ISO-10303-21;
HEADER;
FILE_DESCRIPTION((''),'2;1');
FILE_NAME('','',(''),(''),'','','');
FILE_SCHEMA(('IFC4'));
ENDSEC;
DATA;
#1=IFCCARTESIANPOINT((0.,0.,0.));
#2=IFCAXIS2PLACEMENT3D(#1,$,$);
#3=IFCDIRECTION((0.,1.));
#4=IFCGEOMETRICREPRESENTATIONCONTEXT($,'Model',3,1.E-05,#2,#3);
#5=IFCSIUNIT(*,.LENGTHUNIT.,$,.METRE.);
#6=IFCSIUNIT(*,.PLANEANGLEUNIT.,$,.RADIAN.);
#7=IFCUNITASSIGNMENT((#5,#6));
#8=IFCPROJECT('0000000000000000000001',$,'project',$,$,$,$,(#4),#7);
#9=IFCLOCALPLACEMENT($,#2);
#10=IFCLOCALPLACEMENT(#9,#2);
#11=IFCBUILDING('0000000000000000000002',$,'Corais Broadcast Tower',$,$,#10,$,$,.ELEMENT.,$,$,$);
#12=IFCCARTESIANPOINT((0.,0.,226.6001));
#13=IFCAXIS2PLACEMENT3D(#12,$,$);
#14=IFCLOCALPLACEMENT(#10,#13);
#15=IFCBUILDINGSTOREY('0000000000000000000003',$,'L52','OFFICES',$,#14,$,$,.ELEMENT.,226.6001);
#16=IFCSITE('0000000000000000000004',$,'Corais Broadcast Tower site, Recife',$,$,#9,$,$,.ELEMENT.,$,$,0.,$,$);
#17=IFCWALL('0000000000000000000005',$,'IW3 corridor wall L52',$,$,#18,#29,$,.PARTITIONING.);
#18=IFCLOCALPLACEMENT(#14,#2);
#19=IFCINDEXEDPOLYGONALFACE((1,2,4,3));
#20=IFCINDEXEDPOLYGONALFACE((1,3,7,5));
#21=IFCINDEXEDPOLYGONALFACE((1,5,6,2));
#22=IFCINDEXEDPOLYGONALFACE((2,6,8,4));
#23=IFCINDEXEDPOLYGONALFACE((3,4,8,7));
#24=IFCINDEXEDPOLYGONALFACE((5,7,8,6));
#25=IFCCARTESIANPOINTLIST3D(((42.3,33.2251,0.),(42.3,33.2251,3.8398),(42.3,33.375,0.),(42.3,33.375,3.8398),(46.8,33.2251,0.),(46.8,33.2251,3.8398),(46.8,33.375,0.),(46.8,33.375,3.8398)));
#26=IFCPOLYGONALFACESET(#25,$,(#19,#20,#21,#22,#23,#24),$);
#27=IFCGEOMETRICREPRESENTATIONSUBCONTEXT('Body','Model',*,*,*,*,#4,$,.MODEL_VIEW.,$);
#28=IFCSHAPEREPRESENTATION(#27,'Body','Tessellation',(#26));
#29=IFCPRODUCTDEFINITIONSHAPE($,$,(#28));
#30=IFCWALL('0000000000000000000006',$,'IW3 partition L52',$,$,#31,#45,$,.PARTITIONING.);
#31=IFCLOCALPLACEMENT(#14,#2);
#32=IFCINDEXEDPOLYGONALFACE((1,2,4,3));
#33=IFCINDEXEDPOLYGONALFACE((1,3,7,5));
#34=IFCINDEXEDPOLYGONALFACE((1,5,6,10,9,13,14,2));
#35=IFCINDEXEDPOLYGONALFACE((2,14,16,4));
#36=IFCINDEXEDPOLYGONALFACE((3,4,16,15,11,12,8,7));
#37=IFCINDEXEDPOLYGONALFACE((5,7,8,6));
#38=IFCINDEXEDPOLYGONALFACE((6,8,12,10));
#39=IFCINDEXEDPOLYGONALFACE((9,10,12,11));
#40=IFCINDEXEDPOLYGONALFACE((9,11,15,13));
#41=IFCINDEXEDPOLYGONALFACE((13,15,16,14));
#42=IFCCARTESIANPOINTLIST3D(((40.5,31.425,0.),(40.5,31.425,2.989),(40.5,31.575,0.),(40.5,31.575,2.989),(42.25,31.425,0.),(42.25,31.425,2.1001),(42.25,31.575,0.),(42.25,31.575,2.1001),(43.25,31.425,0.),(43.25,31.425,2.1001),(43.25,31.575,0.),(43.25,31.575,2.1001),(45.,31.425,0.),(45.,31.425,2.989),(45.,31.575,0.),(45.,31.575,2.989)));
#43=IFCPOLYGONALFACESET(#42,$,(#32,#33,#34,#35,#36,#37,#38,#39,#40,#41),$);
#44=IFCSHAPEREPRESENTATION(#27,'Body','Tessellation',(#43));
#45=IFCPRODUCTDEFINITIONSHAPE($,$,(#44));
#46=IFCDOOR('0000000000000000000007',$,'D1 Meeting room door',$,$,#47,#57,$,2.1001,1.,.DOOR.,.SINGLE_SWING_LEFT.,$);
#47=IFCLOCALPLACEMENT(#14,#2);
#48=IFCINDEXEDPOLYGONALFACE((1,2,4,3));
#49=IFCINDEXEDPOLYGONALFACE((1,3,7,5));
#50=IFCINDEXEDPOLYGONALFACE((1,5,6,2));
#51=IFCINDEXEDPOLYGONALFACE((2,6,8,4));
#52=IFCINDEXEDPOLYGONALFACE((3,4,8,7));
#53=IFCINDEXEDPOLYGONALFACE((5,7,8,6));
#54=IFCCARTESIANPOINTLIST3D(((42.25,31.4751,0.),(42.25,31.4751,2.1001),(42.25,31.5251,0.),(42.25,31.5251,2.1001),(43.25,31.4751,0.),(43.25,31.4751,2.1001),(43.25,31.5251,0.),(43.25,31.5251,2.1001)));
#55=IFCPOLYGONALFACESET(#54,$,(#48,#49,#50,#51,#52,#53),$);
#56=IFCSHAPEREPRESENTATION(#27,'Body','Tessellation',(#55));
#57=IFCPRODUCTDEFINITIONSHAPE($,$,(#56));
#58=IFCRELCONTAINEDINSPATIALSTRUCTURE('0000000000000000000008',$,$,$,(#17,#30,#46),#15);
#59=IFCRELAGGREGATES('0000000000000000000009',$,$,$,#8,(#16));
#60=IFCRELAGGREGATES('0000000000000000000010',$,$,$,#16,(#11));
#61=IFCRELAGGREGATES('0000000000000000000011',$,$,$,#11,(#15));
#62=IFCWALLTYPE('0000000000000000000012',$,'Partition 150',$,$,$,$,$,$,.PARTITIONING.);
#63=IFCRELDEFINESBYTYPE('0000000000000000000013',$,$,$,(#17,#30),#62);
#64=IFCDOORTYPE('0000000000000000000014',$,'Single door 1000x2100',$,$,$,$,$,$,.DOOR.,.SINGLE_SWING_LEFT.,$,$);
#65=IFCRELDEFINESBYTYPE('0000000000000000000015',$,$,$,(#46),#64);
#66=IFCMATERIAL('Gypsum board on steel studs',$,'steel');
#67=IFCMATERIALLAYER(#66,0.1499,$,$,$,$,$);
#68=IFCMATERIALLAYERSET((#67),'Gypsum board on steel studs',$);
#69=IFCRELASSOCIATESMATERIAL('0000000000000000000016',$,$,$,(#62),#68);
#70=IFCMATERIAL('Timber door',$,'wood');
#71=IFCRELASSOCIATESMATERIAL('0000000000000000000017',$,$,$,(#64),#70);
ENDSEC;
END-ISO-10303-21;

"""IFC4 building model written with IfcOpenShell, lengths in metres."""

from ifc_helpers import new_model, si_unit, direction, frame, frame_2d, origin, place, context, subcontext, project, spatial, rectangle, extrude, material, layer, layer_set, type_object, element, fill, save


model = new_model("IFC4")

# Units and contexts
model_context = context("Model", 3, precision=1e-05, world=origin(), true_north=direction((0.0, 1.0)))
body_context = subcontext(model_context, "Body", "Model", "MODEL_VIEW")
ifc_project = project(units=[si_unit("LENGTHUNIT", "METRE"), si_unit("PLANEANGLEUNIT", "RADIAN")], contexts=[model_context])

# Site, building, storey
site_placement = place(None, origin())
site = spatial("IfcSite", under=ifc_project, at=site_placement, Name="Corais Broadcast Tower site, Recife", CompositionType="ELEMENT", RefElevation=0.0)
building_placement = place(site_placement, origin())
building = spatial("IfcBuilding", under=site, at=building_placement, Name="Corais Broadcast Tower", CompositionType="ELEMENT")
storey_placement = place(building_placement, frame((0.0, 0.0, 226.6001)))
storey = spatial("IfcBuildingStorey", under=building, at=storey_placement, Name="L52", Description="OFFICES", CompositionType="ELEMENT", Elevation=226.6001)

# Wall
ifc_material_1 = material(Name="Gypsum board on steel studs", Category="steel")
ifc_layer_1 = layer(ifc_material_1, 0.1499)
ifc_layer_set_1 = layer_set([ifc_layer_1], Name="Gypsum board on steel studs")
wall_type = type_object("IfcWallType", Name="Partition 150", PredefinedType="PARTITIONING", material=ifc_layer_set_1)
wall_1_placement = place(storey_placement, frame((46.8, 33.3, 0.0), z_axis=(0.0, 0.0, 1.0), x_axis=(-1.0, 0.0, 0.0)))
element("IfcWall", 1, at=wall_1_placement, inside=storey, type_object=wall_type, Name="IW3 corridor wall L52", PredefinedType="PARTITIONING", context=body_context, shape_type="SweptSolid", body=[
    extrude(rectangle(XDim=4.5, YDim=0.1499, at=frame_2d((2.25, 0.0))), origin(), (0.0, 0.0, 1.0), 3.8398),
])

# Wall, opening, door
wall_2_placement = place(storey_placement, frame((45.0, 31.5, 0.0), z_axis=(0.0, 0.0, 1.0), x_axis=(-1.0, 0.0, 0.0)))
wall_2 = element("IfcWall", 2, at=wall_2_placement, inside=storey, type_object=wall_type, Name="IW3 partition L52", PredefinedType="PARTITIONING", context=body_context, shape_type="SweptSolid", body=[
    extrude(rectangle(XDim=4.5, YDim=0.1499, at=frame_2d((2.25, 0.0))), origin(), (0.0, 0.0, 1.0), 2.989),
])
opening_placement = place(wall_2_placement, frame((1.75, 0.0, 0.0)))
opening = element("IfcOpeningElement", 3, at=opening_placement, cuts=wall_2, PredefinedType="OPENING", context=body_context, shape_type="SweptSolid", body=[
    extrude(rectangle(XDim=1.0, YDim=2.1001, at=frame_2d((0.5, 1.05))), frame((0.0, 0.085, 0.0), z_axis=(0.0, -1.0, 0.0), x_axis=(1.0, 0.0, 0.0)), (0.0, 0.0, 1.0), 0.1699),
])
ifc_material_2 = material(Name="Timber door", Category="wood")
door_type = type_object("IfcDoorType", Name="Single door 1000x2100", OperationType="SINGLE_SWING_LEFT", PredefinedType="DOOR", material=ifc_material_2)
door_placement = place(opening_placement, origin())
door = element("IfcDoor", 4, at=door_placement, inside=storey, type_object=door_type, Name="D1 Meeting room door", OperationType="SINGLE_SWING_LEFT", OverallHeight=2.1001, OverallWidth=1.0, PredefinedType="DOOR", context=body_context, shape_type="SweptSolid", body=[
    extrude(rectangle(XDim=1.0, YDim=2.1001, at=frame_2d((0.5, 1.05))), frame((0.0, 0.0249, 0.0), z_axis=(0.0, -1.0, 0.0), x_axis=(1.0, 0.0, 0.0)), (0.0, 0.0, 1.0), 0.05),
])
fill(opening, door)

save(model, "model.ifc")
